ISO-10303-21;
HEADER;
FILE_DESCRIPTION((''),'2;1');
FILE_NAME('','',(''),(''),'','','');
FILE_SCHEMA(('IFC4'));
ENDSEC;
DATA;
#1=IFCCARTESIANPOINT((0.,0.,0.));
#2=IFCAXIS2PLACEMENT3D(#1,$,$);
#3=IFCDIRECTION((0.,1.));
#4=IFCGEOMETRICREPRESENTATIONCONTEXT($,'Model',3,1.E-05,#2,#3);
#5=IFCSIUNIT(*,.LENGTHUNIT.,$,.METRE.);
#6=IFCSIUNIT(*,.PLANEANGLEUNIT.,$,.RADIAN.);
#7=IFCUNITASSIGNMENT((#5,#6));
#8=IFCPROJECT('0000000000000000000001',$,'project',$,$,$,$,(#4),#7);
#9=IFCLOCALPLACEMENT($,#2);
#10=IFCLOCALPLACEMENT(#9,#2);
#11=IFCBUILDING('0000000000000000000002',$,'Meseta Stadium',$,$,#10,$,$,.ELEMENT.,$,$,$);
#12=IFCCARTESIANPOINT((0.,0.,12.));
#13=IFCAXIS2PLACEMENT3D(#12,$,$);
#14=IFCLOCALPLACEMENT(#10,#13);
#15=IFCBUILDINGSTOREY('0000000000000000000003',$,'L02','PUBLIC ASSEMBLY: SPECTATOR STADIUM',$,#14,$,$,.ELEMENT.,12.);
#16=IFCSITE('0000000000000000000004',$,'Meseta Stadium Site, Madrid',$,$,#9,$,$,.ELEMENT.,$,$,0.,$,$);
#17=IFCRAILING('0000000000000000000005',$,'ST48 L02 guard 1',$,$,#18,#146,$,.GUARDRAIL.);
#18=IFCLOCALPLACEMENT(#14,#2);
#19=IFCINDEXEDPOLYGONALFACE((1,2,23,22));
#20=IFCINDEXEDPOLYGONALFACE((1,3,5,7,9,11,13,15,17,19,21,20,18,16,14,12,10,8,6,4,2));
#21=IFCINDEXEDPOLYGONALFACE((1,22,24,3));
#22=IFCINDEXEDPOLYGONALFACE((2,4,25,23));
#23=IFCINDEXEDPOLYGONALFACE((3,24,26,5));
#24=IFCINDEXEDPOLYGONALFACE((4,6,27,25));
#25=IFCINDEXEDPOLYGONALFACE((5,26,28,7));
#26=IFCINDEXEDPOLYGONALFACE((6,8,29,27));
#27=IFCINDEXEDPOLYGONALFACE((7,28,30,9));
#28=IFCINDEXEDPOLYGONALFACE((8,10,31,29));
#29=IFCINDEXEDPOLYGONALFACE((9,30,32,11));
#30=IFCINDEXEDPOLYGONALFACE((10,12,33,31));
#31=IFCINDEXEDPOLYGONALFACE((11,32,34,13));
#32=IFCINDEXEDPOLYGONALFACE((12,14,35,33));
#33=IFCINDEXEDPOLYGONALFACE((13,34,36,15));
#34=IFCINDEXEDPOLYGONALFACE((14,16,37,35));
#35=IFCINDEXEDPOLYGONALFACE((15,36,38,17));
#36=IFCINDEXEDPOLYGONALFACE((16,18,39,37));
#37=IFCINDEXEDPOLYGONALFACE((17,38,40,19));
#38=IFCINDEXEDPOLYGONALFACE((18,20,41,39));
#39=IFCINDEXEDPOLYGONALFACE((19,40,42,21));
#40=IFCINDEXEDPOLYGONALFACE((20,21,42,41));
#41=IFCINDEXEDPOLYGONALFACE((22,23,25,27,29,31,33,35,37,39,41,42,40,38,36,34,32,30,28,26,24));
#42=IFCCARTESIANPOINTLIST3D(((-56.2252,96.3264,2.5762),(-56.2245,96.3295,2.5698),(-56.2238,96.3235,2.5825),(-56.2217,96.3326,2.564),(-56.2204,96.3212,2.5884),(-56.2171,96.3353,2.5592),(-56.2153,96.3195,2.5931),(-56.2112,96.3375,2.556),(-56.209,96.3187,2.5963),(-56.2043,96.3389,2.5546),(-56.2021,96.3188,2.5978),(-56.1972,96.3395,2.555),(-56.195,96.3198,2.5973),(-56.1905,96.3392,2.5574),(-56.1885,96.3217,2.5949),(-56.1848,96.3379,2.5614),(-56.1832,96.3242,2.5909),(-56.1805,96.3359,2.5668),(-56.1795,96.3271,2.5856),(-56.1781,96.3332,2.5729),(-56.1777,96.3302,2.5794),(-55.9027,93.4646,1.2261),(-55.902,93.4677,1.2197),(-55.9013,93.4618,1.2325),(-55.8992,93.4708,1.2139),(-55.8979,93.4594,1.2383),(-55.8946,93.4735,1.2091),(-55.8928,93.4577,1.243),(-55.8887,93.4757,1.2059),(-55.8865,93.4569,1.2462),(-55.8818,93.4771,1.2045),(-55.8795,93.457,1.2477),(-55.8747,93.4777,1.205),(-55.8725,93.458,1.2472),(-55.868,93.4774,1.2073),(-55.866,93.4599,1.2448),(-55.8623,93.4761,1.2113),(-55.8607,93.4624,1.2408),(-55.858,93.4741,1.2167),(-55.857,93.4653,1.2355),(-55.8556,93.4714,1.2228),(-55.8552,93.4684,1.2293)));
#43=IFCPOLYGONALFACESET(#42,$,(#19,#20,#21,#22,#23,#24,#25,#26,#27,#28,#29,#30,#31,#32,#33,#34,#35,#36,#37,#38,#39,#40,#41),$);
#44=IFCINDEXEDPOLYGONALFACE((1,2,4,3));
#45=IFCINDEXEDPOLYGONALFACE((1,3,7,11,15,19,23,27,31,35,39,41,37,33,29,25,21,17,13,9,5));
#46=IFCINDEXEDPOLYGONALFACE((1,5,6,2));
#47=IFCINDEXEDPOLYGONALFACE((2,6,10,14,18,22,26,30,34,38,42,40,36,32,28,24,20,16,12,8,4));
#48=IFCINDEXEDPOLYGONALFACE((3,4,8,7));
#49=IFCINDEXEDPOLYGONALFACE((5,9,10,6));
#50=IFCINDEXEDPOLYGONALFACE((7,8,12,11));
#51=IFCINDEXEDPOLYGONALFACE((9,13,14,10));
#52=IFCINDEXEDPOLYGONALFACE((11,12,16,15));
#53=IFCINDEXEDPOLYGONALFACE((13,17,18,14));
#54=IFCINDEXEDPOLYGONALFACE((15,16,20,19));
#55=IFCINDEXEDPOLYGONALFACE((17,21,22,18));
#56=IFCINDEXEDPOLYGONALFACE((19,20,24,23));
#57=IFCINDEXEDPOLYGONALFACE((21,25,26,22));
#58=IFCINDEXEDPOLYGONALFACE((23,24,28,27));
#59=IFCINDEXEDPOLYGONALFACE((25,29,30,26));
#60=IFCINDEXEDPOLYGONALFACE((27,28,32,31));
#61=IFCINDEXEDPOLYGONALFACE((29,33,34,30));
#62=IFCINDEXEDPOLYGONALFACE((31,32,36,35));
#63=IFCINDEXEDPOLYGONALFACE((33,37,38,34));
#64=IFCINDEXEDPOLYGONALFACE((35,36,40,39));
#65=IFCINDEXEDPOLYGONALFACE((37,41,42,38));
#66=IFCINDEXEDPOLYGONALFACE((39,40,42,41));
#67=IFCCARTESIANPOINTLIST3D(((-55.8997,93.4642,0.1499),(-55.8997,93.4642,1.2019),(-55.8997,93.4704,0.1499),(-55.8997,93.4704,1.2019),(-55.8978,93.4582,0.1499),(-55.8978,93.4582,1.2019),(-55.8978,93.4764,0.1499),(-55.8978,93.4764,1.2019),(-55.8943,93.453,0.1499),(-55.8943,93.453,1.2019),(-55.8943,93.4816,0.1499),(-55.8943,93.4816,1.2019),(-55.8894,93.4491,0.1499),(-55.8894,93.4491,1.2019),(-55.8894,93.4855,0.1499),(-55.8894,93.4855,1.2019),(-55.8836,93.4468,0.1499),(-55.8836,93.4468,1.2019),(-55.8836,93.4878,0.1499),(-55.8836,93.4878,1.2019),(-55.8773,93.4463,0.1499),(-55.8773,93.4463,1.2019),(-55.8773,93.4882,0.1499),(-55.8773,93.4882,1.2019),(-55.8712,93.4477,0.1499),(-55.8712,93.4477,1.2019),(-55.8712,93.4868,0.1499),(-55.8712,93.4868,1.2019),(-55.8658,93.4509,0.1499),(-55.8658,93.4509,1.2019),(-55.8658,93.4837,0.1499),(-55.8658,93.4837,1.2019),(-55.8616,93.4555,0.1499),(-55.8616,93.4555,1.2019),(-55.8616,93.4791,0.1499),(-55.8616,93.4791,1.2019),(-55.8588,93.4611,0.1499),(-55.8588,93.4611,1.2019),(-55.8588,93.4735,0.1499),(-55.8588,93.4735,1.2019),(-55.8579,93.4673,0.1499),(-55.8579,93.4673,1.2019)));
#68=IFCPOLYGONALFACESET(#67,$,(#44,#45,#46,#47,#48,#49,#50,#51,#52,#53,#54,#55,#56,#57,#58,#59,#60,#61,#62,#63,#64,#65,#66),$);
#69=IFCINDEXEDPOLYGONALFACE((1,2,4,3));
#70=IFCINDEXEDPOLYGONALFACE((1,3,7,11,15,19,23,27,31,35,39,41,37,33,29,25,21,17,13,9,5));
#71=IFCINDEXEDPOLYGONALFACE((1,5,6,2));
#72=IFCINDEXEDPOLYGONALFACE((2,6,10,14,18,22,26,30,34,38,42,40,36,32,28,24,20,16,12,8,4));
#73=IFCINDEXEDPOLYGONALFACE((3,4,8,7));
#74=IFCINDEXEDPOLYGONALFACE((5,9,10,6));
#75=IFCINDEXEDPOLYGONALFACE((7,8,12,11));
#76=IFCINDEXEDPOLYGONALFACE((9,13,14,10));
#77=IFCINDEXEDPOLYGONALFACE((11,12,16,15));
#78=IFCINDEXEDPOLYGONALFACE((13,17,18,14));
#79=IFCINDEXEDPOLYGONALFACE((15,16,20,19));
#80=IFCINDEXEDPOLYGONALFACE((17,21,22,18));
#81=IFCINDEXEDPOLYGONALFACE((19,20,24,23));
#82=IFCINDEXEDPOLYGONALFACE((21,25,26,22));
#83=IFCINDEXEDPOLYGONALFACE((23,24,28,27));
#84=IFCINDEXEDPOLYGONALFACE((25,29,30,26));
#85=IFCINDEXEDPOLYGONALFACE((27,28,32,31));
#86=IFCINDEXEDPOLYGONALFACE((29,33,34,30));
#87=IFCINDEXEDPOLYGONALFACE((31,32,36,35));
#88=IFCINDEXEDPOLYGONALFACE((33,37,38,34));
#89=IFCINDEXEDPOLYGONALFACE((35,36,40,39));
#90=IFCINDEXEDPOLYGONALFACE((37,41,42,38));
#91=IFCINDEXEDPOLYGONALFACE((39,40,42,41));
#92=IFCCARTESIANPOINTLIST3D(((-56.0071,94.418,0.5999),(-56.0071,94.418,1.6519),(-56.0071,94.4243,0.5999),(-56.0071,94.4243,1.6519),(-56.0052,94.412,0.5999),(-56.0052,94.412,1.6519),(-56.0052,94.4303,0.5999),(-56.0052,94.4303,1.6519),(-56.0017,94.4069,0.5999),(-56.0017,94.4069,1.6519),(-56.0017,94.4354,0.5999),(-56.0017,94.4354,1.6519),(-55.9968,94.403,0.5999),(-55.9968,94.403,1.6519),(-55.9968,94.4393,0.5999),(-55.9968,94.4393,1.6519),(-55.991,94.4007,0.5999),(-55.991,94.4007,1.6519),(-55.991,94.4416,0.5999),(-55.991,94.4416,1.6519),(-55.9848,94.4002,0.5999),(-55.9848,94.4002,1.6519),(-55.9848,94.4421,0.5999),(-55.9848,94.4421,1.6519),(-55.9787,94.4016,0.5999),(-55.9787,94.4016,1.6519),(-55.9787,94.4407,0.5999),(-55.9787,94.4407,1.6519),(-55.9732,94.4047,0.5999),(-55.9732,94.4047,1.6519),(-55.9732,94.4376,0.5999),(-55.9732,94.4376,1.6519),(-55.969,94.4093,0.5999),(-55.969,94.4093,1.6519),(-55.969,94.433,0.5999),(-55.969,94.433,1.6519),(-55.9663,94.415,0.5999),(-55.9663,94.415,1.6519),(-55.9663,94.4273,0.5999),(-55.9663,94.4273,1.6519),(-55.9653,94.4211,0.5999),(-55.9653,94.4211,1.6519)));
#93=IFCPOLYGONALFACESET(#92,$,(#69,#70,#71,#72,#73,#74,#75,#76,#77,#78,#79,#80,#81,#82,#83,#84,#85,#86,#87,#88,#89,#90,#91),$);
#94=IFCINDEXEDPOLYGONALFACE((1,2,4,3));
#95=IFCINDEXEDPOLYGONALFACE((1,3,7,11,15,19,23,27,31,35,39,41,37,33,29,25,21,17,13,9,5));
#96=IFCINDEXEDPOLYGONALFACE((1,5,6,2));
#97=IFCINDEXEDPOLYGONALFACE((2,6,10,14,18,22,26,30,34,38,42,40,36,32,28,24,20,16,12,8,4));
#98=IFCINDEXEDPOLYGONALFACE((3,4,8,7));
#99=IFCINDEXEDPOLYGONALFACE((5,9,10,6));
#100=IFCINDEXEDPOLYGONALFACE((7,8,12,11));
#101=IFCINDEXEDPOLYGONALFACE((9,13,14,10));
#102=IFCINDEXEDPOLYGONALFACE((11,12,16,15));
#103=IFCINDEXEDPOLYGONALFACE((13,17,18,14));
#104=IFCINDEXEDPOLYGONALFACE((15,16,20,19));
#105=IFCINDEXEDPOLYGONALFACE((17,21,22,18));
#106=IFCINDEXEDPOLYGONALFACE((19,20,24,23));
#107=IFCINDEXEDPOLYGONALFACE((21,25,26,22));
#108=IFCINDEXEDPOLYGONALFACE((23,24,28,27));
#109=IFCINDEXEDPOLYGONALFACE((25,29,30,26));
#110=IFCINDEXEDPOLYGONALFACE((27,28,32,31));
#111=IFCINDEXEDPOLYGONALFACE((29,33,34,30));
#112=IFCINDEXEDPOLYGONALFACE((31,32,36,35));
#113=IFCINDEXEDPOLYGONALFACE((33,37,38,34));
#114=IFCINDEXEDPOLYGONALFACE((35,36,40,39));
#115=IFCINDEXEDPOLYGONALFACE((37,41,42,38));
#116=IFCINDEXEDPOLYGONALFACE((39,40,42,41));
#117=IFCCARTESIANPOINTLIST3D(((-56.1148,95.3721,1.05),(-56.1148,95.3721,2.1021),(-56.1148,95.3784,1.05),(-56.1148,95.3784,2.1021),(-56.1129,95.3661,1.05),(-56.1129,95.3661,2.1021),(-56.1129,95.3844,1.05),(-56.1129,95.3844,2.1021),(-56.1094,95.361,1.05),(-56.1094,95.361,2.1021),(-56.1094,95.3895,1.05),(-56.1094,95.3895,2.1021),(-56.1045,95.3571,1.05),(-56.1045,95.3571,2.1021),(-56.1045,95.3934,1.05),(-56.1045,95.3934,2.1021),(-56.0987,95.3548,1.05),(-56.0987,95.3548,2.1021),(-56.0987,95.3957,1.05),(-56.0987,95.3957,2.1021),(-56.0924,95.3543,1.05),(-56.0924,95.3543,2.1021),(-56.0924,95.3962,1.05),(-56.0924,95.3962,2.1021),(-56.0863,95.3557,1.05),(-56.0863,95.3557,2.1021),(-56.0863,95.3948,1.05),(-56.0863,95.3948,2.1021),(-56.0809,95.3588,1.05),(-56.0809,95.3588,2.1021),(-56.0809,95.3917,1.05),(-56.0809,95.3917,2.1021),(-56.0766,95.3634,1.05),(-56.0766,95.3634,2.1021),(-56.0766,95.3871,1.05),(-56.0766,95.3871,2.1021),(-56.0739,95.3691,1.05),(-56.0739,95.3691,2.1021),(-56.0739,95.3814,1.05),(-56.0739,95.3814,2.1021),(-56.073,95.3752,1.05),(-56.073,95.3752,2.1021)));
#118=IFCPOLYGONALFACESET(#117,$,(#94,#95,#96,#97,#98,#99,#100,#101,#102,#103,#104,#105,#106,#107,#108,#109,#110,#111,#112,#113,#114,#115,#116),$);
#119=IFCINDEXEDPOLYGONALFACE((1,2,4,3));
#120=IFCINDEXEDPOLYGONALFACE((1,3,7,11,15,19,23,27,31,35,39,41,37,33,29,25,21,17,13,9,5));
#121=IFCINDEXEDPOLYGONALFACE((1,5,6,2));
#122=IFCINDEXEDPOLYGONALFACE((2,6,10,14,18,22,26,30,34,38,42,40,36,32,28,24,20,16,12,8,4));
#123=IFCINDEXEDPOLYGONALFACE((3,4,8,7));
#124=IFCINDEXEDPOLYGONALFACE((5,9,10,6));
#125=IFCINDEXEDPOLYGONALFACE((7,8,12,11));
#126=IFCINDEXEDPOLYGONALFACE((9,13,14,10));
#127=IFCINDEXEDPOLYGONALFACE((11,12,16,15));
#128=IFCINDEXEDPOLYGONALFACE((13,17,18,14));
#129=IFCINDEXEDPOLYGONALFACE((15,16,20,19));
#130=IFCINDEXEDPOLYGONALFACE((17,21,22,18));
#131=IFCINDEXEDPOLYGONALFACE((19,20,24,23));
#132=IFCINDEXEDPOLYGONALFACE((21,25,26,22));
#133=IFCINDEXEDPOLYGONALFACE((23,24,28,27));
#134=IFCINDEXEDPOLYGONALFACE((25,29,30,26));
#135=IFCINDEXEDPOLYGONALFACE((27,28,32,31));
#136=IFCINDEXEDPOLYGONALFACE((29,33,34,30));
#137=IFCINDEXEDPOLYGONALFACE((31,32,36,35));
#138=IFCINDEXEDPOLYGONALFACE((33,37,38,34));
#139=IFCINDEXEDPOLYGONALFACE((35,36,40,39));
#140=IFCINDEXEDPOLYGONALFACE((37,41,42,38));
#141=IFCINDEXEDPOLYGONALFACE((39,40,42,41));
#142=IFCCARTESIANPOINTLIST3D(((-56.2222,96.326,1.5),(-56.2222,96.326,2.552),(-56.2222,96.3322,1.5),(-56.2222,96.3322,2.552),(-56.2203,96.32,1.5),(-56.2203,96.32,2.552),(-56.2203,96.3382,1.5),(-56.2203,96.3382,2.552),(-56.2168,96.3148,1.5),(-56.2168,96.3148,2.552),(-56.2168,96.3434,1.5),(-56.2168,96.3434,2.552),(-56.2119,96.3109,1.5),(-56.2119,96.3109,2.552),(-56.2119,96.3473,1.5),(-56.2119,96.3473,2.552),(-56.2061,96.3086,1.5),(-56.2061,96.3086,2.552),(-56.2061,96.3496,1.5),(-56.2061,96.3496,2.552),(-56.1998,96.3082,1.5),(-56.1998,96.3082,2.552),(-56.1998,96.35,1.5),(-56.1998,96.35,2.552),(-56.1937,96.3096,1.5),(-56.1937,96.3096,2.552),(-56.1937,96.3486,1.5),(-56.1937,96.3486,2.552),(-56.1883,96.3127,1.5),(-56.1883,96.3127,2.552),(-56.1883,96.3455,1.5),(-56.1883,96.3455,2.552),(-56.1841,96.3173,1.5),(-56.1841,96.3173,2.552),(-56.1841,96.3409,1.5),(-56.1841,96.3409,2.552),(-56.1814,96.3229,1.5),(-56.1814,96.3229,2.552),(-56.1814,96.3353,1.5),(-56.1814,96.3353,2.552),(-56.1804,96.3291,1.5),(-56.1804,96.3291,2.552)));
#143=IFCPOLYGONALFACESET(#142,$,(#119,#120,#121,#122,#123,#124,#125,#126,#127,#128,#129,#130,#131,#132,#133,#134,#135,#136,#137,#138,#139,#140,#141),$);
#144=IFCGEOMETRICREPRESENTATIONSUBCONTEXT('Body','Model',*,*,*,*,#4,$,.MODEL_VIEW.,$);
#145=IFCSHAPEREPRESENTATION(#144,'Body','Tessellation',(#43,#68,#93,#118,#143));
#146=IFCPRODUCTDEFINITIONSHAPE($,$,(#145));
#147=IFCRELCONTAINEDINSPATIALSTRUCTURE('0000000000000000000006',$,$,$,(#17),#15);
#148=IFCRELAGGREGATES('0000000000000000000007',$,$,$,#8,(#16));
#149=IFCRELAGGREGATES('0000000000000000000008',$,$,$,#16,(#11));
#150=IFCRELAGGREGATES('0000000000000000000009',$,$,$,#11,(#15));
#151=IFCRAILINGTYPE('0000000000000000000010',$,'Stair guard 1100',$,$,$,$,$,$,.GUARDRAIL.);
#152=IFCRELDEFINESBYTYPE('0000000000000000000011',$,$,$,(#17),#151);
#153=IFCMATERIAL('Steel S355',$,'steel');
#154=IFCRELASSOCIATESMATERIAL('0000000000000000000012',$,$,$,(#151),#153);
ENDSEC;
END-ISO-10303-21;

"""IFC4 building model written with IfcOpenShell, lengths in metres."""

from ifc_helpers import new_model, si_unit, direction, frame, origin, origin_2d, place, context, subcontext, project, spatial, circle, extrude, material, type_object, element, save


model = new_model("IFC4")

# Units and contexts
model_context = context("Model", 3, precision=1e-05, world=origin(), true_north=direction((0.0, 1.0)))
body_context = subcontext(model_context, "Body", "Model", "MODEL_VIEW")
ifc_project = project(units=[si_unit("LENGTHUNIT", "METRE"), si_unit("PLANEANGLEUNIT", "RADIAN")], contexts=[model_context])

# Site, building, storey
site_placement = place(None, origin())
site = spatial("IfcSite", under=ifc_project, at=site_placement, Name="Meseta Stadium Site, Madrid", CompositionType="ELEMENT", RefElevation=0.0)
building_placement = place(site_placement, origin())
building = spatial("IfcBuilding", under=site, at=building_placement, Name="Meseta Stadium", CompositionType="ELEMENT")
storey_placement = place(building_placement, frame((0.0, 0.0, 12.0)))
storey = spatial("IfcBuildingStorey", under=building, at=storey_placement, Name="L02", Description="PUBLIC ASSEMBLY: SPECTATOR STADIUM", CompositionType="ELEMENT", Elevation=12.0)

# Railing
ifc_material_1 = material(Name="Steel S355", Category="steel")
railing_type_1 = type_object("IfcRailingType", Name="Stair guard 1100", PredefinedType="GUARDRAIL", material=ifc_material_1)
railing_1_placement = place(storey_placement, frame((-55.8789, 93.4673, 0.1499)))
element("IfcRailing", 1, at=railing_1_placement, inside=storey, type_object=railing_type_1, Name="ST48 L02 guard 1", PredefinedType="GUARDRAIL", context=body_context, shape_type="SweptSolid", body=[
    extrude(circle(Radius=0.0239, at=origin_2d()), frame((0.0, 0.0, 1.0762), z_axis=(-0.101396, 0.899748, 0.424467), x_axis=(-0.99371, -0.111985, 0.0)), (0.0, 0.0, 1.0), 3.1807),
    extrude(circle(Radius=0.021, at=origin_2d()), origin(), (0.0, 0.0, 1.0), 1.052),
    extrude(circle(Radius=0.021, at=origin_2d()), frame((-0.1074, 0.9539, 0.45)), (0.0, 0.0, 1.0), 1.052),
    extrude(circle(Radius=0.021, at=origin_2d()), frame((-0.2151, 1.908, 0.9001)), (0.0, 0.0, 1.0), 1.052),
    extrude(circle(Radius=0.021, at=origin_2d()), frame((-0.3225, 2.8618, 1.3501)), (0.0, 0.0, 1.0), 1.052),
])

save(model, "model.ifc")
